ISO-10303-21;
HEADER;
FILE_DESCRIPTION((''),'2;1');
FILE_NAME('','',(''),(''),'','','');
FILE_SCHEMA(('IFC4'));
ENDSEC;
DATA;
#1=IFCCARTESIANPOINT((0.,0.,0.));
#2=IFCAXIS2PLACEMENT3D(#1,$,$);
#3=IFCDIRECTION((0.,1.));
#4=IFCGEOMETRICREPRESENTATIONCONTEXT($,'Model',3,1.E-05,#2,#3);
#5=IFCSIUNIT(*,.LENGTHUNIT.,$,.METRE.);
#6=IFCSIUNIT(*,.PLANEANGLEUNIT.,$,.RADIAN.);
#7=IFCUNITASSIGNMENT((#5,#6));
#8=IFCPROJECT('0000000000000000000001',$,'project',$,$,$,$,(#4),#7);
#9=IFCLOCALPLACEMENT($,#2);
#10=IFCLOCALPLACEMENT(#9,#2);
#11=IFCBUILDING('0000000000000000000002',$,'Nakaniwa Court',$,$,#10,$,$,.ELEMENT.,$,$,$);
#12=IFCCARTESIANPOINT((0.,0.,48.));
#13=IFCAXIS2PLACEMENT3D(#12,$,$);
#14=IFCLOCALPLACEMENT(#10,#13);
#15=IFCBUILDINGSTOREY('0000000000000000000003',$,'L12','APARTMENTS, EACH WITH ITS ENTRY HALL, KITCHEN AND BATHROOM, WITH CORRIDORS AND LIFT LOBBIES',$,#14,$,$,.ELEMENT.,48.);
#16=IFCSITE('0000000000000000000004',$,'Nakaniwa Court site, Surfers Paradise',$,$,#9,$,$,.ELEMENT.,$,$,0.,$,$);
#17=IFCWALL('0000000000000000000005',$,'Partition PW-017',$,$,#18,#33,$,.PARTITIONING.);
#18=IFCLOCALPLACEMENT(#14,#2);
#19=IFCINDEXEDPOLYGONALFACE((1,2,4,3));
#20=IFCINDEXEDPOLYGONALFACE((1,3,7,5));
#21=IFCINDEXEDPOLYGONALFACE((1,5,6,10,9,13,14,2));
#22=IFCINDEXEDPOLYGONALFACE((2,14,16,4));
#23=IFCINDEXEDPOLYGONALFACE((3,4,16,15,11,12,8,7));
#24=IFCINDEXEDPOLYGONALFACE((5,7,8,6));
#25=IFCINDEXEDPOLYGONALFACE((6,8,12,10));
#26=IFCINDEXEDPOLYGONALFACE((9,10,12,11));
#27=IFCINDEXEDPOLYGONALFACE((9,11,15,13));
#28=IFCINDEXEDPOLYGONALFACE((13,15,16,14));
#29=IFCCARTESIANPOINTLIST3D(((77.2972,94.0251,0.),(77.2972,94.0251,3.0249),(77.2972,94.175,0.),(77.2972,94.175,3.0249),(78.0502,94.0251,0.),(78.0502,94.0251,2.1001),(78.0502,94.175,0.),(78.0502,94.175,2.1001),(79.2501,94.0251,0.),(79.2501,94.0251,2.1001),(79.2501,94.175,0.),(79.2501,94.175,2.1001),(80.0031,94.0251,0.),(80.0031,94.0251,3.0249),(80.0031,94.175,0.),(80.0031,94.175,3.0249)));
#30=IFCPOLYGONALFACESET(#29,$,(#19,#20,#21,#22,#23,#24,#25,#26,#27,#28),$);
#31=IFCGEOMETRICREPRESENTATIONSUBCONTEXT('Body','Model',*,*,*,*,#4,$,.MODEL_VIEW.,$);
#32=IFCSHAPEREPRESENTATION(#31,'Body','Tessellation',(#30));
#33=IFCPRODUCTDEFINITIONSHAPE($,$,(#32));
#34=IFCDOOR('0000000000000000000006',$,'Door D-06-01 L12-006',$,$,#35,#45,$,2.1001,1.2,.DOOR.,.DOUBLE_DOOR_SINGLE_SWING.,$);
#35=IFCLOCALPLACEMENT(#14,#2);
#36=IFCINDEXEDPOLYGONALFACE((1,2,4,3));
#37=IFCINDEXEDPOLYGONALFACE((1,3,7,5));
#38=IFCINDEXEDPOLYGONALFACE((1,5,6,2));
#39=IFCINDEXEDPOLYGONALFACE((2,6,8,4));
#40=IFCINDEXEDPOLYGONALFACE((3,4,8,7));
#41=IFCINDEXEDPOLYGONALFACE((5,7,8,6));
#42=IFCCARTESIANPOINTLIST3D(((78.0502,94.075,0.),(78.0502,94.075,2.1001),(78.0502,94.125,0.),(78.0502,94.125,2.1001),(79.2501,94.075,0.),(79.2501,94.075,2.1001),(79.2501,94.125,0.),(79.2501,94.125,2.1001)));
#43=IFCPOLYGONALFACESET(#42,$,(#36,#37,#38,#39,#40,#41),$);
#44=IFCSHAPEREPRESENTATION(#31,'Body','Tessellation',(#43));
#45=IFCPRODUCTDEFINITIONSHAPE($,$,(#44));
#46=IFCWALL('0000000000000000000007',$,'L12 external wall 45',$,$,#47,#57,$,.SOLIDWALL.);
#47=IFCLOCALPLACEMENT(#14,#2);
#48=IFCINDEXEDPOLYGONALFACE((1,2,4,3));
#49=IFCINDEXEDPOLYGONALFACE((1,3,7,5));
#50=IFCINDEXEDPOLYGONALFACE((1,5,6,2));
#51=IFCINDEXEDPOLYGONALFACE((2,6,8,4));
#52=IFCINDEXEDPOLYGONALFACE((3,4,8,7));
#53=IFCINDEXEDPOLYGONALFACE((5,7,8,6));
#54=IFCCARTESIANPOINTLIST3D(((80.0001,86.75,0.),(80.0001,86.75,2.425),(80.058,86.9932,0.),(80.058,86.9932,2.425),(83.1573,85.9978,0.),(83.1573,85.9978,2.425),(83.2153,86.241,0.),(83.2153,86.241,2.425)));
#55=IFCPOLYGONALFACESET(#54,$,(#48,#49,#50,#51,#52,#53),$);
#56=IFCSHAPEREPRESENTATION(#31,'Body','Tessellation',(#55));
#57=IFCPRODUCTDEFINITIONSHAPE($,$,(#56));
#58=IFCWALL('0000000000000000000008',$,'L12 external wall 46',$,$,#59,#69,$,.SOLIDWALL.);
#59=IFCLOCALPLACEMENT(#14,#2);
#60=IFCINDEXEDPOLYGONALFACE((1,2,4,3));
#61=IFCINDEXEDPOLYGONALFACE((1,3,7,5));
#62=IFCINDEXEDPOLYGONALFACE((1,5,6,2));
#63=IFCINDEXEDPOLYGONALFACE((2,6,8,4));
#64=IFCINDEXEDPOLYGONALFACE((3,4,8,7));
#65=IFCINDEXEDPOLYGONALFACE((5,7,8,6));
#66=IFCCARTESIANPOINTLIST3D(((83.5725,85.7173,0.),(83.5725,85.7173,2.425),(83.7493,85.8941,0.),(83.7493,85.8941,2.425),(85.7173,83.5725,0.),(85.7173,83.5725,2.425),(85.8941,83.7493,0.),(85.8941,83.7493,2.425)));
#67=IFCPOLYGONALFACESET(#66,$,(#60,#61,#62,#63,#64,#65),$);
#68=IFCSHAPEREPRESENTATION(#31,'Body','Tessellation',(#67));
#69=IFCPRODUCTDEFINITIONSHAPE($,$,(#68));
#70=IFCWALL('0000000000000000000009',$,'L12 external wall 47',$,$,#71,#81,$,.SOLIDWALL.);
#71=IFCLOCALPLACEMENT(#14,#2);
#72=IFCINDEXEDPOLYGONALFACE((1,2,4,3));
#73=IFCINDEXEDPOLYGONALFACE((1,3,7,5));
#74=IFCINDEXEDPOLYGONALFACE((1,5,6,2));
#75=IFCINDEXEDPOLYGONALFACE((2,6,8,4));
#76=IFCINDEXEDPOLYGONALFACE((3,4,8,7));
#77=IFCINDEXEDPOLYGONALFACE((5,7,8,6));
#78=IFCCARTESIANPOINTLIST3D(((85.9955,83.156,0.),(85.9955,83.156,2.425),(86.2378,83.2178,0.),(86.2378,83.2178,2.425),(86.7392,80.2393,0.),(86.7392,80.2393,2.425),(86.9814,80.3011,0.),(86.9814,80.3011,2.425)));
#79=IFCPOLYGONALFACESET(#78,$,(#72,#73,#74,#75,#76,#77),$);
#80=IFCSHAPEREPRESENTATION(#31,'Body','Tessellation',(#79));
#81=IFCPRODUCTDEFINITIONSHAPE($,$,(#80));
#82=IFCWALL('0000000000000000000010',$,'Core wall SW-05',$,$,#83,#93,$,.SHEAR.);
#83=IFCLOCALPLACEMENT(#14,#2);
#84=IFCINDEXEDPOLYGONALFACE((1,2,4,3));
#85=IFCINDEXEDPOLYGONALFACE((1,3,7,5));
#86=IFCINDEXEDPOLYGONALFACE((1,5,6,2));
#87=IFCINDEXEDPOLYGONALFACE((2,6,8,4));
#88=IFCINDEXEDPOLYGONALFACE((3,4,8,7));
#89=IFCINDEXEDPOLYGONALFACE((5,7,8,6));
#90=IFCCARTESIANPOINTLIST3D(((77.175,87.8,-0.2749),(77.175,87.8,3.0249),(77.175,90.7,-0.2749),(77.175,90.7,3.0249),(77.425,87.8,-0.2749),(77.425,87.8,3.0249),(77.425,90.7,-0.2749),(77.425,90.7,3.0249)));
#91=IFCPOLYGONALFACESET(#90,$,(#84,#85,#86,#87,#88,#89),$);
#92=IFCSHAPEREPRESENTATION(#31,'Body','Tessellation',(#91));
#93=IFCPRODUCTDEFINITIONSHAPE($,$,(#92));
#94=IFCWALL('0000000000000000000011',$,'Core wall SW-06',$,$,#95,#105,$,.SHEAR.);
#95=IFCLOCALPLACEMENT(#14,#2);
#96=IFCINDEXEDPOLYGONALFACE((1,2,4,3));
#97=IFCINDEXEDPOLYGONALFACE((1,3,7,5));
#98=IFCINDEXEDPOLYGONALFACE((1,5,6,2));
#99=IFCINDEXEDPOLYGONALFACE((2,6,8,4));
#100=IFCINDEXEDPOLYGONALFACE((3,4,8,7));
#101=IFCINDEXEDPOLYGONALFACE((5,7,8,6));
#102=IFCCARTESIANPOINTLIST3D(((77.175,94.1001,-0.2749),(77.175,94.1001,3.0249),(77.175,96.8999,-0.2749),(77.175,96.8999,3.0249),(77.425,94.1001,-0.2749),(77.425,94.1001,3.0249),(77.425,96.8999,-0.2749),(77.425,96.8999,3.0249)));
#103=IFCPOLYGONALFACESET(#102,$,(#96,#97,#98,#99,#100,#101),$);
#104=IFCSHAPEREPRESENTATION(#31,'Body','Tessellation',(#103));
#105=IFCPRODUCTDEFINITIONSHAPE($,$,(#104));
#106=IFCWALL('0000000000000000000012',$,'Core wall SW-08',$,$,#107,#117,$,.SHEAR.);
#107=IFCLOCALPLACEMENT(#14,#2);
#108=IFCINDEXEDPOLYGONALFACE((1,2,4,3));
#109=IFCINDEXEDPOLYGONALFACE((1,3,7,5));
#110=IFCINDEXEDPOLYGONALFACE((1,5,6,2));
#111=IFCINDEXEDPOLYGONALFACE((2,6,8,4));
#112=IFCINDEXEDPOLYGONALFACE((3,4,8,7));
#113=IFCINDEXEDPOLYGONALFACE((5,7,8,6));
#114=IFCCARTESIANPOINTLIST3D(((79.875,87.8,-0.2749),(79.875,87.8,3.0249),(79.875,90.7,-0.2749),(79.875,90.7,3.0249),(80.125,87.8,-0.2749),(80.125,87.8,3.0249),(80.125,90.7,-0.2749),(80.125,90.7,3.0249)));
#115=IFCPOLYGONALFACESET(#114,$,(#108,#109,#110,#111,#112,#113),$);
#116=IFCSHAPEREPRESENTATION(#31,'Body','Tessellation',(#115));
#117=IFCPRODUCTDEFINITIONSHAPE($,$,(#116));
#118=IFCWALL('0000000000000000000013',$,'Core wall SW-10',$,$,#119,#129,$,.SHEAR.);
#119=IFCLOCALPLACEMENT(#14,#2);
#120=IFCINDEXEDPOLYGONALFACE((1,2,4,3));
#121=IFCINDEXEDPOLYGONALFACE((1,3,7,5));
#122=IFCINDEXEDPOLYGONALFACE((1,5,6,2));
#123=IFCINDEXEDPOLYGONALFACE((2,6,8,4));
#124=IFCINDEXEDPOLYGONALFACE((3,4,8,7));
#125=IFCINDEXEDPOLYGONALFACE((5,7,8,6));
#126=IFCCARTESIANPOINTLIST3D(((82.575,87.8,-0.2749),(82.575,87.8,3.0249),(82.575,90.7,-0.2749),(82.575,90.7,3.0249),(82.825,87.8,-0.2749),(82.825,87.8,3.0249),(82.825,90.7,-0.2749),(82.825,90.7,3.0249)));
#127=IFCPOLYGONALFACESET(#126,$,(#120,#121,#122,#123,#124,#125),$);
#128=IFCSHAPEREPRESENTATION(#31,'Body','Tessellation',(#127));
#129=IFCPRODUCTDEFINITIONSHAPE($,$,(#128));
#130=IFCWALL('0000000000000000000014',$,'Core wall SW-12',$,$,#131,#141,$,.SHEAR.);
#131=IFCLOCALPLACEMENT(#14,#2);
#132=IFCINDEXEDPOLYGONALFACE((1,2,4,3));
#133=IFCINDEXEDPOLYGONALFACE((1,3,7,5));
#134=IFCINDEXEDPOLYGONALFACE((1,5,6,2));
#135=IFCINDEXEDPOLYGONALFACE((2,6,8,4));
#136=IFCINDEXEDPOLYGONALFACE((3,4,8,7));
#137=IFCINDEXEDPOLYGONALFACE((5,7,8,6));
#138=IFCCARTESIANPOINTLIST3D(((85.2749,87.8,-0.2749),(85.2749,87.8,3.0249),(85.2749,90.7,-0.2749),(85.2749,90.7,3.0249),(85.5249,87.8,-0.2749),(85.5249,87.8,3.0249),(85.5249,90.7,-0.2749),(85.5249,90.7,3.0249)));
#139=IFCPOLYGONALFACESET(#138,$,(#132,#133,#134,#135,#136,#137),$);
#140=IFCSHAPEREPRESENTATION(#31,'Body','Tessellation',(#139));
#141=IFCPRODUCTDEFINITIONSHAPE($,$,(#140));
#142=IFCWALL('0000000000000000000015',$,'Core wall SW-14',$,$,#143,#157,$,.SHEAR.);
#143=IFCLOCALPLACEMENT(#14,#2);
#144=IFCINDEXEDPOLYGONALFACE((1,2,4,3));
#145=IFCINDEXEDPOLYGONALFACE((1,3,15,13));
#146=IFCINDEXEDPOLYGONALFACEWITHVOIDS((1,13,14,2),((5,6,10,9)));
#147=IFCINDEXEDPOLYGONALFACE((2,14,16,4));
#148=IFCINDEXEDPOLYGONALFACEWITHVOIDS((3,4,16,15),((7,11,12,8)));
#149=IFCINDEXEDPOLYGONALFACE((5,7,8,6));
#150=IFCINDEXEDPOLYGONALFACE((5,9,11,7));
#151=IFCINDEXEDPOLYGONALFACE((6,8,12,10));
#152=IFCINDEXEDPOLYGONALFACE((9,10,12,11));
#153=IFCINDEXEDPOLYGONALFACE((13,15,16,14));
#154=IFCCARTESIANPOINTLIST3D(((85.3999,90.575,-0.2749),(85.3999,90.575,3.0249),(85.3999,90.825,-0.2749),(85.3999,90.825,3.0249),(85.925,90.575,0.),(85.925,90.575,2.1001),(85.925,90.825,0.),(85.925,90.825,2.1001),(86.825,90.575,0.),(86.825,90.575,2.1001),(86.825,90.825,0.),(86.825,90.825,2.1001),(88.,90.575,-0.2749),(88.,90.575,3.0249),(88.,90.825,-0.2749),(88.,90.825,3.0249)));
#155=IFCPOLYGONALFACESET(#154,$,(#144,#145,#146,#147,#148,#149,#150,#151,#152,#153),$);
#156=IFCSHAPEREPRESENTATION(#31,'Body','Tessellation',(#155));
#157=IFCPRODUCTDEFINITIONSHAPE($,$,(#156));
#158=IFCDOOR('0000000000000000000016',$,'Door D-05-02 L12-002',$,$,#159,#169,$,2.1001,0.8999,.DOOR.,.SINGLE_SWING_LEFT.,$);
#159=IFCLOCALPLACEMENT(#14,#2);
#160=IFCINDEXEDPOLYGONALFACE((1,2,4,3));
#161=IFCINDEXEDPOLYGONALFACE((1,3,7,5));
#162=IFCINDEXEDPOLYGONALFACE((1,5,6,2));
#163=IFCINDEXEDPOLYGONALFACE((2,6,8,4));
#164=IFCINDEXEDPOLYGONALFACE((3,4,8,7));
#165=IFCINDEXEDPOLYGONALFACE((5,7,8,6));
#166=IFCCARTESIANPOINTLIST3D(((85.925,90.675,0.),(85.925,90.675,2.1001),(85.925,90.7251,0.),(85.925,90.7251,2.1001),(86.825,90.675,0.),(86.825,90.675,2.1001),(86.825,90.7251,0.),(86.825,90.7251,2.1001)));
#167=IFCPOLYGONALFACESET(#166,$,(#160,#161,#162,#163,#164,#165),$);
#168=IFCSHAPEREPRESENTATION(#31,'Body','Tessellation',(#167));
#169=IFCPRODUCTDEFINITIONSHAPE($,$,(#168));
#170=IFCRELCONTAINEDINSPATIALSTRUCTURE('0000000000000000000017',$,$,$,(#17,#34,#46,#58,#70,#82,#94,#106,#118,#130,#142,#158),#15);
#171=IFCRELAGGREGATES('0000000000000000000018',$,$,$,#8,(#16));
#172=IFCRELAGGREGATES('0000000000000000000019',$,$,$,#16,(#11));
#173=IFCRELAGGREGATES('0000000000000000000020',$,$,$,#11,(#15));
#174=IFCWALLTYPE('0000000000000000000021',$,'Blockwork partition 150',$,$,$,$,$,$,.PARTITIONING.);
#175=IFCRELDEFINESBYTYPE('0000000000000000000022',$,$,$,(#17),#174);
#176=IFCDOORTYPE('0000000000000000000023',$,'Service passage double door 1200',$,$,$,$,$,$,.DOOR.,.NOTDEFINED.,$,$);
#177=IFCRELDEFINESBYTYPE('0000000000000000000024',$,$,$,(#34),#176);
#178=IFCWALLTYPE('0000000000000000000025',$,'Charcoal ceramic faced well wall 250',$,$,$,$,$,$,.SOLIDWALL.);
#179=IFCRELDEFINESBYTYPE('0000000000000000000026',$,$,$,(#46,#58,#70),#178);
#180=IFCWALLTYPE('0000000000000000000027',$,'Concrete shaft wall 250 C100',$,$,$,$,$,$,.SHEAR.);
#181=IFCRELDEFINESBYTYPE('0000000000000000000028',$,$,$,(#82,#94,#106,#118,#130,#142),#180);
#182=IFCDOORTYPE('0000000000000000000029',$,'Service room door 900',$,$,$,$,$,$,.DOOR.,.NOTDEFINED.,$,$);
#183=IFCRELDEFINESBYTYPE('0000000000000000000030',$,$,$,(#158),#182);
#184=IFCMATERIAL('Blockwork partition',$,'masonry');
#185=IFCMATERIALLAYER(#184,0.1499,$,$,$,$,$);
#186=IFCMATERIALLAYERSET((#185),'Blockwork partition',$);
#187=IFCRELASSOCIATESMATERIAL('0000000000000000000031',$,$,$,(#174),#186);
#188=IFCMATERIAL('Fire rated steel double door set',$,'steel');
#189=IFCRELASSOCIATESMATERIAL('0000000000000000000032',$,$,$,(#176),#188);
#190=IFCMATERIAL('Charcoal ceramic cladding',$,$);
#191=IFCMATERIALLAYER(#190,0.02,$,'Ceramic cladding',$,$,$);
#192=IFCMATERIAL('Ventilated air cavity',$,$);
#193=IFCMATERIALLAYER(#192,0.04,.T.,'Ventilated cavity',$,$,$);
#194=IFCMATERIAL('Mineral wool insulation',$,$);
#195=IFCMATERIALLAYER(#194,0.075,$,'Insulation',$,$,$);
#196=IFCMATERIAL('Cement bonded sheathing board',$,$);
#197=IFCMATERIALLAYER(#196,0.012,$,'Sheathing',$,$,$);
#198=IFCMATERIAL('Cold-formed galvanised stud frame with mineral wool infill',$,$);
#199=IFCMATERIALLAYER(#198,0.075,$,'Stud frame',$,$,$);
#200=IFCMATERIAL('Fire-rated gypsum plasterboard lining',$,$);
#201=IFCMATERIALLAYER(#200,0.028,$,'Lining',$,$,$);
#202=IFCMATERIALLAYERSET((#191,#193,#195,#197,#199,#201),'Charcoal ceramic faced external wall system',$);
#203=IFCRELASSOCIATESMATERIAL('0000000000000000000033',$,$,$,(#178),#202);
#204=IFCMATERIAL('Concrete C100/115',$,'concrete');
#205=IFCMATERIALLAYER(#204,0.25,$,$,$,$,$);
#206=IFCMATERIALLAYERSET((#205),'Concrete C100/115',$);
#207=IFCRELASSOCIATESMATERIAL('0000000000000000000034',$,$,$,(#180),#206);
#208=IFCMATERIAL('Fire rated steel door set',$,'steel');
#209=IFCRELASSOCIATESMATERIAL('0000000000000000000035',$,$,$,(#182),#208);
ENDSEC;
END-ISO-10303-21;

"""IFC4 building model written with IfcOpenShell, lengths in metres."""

from ifc_helpers import new_model, si_unit, direction, frame, frame_2d, origin, place, context, subcontext, project, spatial, rectangle, extrude, material, layer, layer_set, type_object, element, fill, save


model = new_model("IFC4")

# Units and contexts
model_context = context("Model", 3, precision=1e-05, world=origin(), true_north=direction((0.0, 1.0)))
body_context = subcontext(model_context, "Body", "Model", "MODEL_VIEW")
ifc_project = project(units=[si_unit("LENGTHUNIT", "METRE"), si_unit("PLANEANGLEUNIT", "RADIAN")], contexts=[model_context])

# Site, building, storey
site_placement = place(None, origin())
site = spatial("IfcSite", under=ifc_project, at=site_placement, Name="Nakaniwa Court site, Surfers Paradise", CompositionType="ELEMENT", RefElevation=0.0)
building_placement = place(site_placement, origin())
building = spatial("IfcBuilding", under=site, at=building_placement, Name="Nakaniwa Court", CompositionType="ELEMENT")
storey_placement = place(building_placement, frame((0.0, 0.0, 48.0)))
storey = spatial("IfcBuildingStorey", under=building, at=storey_placement, Name="L12", Description="APARTMENTS, EACH WITH ITS ENTRY HALL, KITCHEN AND BATHROOM, WITH CORRIDORS AND LIFT LOBBIES", CompositionType="ELEMENT", Elevation=48.0)

# Shared definitions
ifc_material_1 = material(Name="Concrete C100/115", Category="concrete")

# Wall, opening, door
ifc_material_2 = material(Name="Blockwork partition", Category="masonry")
ifc_layer_1 = layer(ifc_material_2, 0.1499)
ifc_layer_set_1 = layer_set([ifc_layer_1], Name="Blockwork partition")
wall_type_1 = type_object("IfcWallType", Name="Blockwork partition 150", PredefinedType="PARTITIONING", material=ifc_layer_set_1)
wall_1_placement = place(storey_placement, frame((77.2971, 94.1001, 0.0), z_axis=(0.0, 0.0, 1.0), x_axis=(1.0, 0.0, 0.0)))
wall_1 = element("IfcWall", 1, at=wall_1_placement, inside=storey, type_object=wall_type_1, Name="Partition PW-017", PredefinedType="PARTITIONING", context=body_context, shape_type="SweptSolid", body=[
    extrude(rectangle(XDim=2.7058, YDim=0.1499, at=frame_2d((1.353, 0.0))), origin(), (0.0, 0.0, 1.0), 3.0249),
])
opening_1_placement = place(wall_1_placement, frame((0.7529, 0.0, 0.0)))
opening_1 = element("IfcOpeningElement", 2, at=opening_1_placement, cuts=wall_1, PredefinedType="OPENING", context=body_context, shape_type="SweptSolid", body=[
    extrude(rectangle(XDim=1.2, YDim=2.1001, at=frame_2d((0.6001, 1.05))), frame((0.0, 0.085, 0.0), z_axis=(0.0, -1.0, 0.0), x_axis=(1.0, 0.0, 0.0)), (0.0, 0.0, 1.0), 0.1699),
])
ifc_material_3 = material(Name="Fire rated steel double door set", Category="steel")
door_type_1 = type_object("IfcDoorType", Name="Service passage double door 1200", OperationType="NOTDEFINED", PredefinedType="DOOR", material=ifc_material_3)
door_1_placement = place(opening_1_placement, origin())
door_1 = element("IfcDoor", 3, at=door_1_placement, inside=storey, type_object=door_type_1, Name="Door D-06-01 L12-006", OperationType="DOUBLE_DOOR_SINGLE_SWING", OverallHeight=2.1001, OverallWidth=1.2, PredefinedType="DOOR", context=body_context, shape_type="SweptSolid", body=[
    extrude(rectangle(XDim=1.2, YDim=2.1001, at=frame_2d((0.6001, 1.05))), frame((0.0, 0.0249, 0.0), z_axis=(0.0, -1.0, 0.0), x_axis=(1.0, 0.0, 0.0)), (0.0, 0.0, 1.0), 0.05),
])
fill(opening_1, door_1)

# Walls
ifc_material_4 = material(Name="Charcoal ceramic cladding")
ifc_layer_2 = layer(ifc_material_4, 0.02, Name="Ceramic cladding")
ifc_material_5 = material(Name="Ventilated air cavity")
ifc_layer_3 = layer(ifc_material_5, 0.04, ventilated=True, Name="Ventilated cavity")
ifc_material_6 = material(Name="Mineral wool insulation")
ifc_layer_4 = layer(ifc_material_6, 0.075, Name="Insulation")
ifc_material_7 = material(Name="Cement bonded sheathing board")
ifc_layer_5 = layer(ifc_material_7, 0.012, Name="Sheathing")
ifc_material_8 = material(Name="Cold-formed galvanised stud frame with mineral wool infill")
ifc_layer_6 = layer(ifc_material_8, 0.075, Name="Stud frame")
ifc_material_9 = material(Name="Fire-rated gypsum plasterboard lining")
ifc_layer_7 = layer(ifc_material_9, 0.028, Name="Lining")
ifc_layer_set_2 = layer_set([ifc_layer_2, ifc_layer_3, ifc_layer_4, ifc_layer_5, ifc_layer_6, ifc_layer_7], Name="Charcoal ceramic faced external wall system")
wall_type_2 = type_object("IfcWallType", Name="Charcoal ceramic faced well wall 250", PredefinedType="SOLIDWALL", material=ifc_layer_set_2)
wall_2_placement = place(storey_placement, frame((80.0291, 86.8716, 0.0), z_axis=(0.0, 0.0, 1.0), x_axis=(0.972773, -0.23176, 0.0)))
element("IfcWall", 4, at=wall_2_placement, inside=storey, type_object=wall_type_2, Name="L12 external wall 45", PredefinedType="SOLIDWALL", context=body_context, shape_type="SweptSolid", body=[
    extrude(rectangle(XDim=3.2456, YDim=0.25, at=frame_2d((1.6228, 0.0))), origin(), (0.0, 0.0, 1.0), 2.425),
])
wall_3_placement = place(storey_placement, frame((83.6609, 85.8057, 0.0), z_axis=(0.0, 0.0, 1.0), x_axis=(0.707107, -0.707107, 0.0)))
element("IfcWall", 5, at=wall_3_placement, inside=storey, type_object=wall_type_2, Name="L12 external wall 46", PredefinedType="SOLIDWALL", context=body_context, shape_type="SweptSolid", body=[
    extrude(rectangle(XDim=3.0332, YDim=0.25, at=frame_2d((1.5166, 0.0))), origin(), (0.0, 0.0, 1.0), 2.425),
])
wall_4_placement = place(storey_placement, frame((86.1167, 83.1868, 0.0), z_axis=(0.0, 0.0, 1.0), x_axis=(0.247056, -0.969001, 0.0)))
element("IfcWall", 6, at=wall_4_placement, inside=storey, type_object=wall_type_2, Name="L12 external wall 47", PredefinedType="SOLIDWALL", context=body_context, shape_type="SweptSolid", body=[
    extrude(rectangle(XDim=3.01, YDim=0.25, at=frame_2d((1.5049, 0.0))), origin(), (0.0, 0.0, 1.0), 2.425),
])
ifc_layer_8 = layer(ifc_material_1, 0.25)
ifc_layer_set_3 = layer_set([ifc_layer_8], Name="Concrete C100/115")
wall_type_3 = type_object("IfcWallType", Name="Concrete shaft wall 250 C100", PredefinedType="SHEAR", material=ifc_layer_set_3)
wall_5_placement = place(storey_placement, frame((77.3, 87.8, -0.2749), z_axis=(0.0, 0.0, 1.0), x_axis=(0.0, 1.0, 0.0)))
element("IfcWall", 7, at=wall_5_placement, inside=storey, type_object=wall_type_3, Name="Core wall SW-05", PredefinedType="SHEAR", context=body_context, shape_type="SweptSolid", body=[
    extrude(rectangle(XDim=2.8999, YDim=0.25, at=frame_2d((1.45, 0.0))), origin(), (0.0, 0.0, 1.0), 3.2998),
])
wall_6_placement = place(storey_placement, frame((77.3, 94.1001, -0.2749), z_axis=(0.0, 0.0, 1.0), x_axis=(0.0, 1.0, 0.0)))
element("IfcWall", 8, at=wall_6_placement, inside=storey, type_object=wall_type_3, Name="Core wall SW-06", PredefinedType="SHEAR", context=body_context, shape_type="SweptSolid", body=[
    extrude(rectangle(XDim=2.7998, YDim=0.25, at=frame_2d((1.3999, 0.0))), origin(), (0.0, 0.0, 1.0), 3.2998),
])
for number, where, z_axis, x_axis, name in (
    (9, (80.0, 87.8, -0.2749), (0.0, 0.0, 1.0), (0.0, 1.0, 0.0), "Core wall SW-08"),
    (10, (82.7, 87.8, -0.2749), (0.0, 0.0, 1.0), (0.0, 1.0, 0.0), "Core wall SW-10"),
    (11, (85.3999, 87.8, -0.2749), (0.0, 0.0, 1.0), (0.0, 1.0, 0.0), "Core wall SW-12"),
):
    element("IfcWall", number, at=place(storey_placement, frame(where, z_axis=z_axis, x_axis=x_axis)), inside=storey, type_object=wall_type_3, Name=name, PredefinedType="SHEAR", context=body_context, shape_type="SweptSolid", body=[
        extrude(rectangle(XDim=2.8999, YDim=0.25, at=frame_2d((1.45, 0.0))), origin(), (0.0, 0.0, 1.0), 3.2998),
    ])

# Wall, opening, door
wall_7_placement = place(storey_placement, frame((88.0, 90.7, -0.2749), z_axis=(0.0, 0.0, 1.0), x_axis=(-1.0, 0.0, 0.0)))
wall_7 = element("IfcWall", 12, at=wall_7_placement, inside=storey, type_object=wall_type_3, Name="Core wall SW-14", PredefinedType="SHEAR", context=body_context, shape_type="SweptSolid", body=[
    extrude(rectangle(XDim=2.6001, YDim=0.25, at=frame_2d((1.3, 0.0))), origin(), (0.0, 0.0, 1.0), 3.2998),
])
opening_2_placement = place(wall_7_placement, frame((1.175, 0.0, 0.2749)))
opening_2 = element("IfcOpeningElement", 13, at=opening_2_placement, cuts=wall_7, PredefinedType="OPENING", context=body_context, shape_type="SweptSolid", body=[
    extrude(rectangle(XDim=0.8999, YDim=2.1001, at=frame_2d((0.45, 1.05))), frame((0.0, 0.135, 0.0), z_axis=(0.0, -1.0, 0.0), x_axis=(1.0, 0.0, 0.0)), (0.0, 0.0, 1.0), 0.27),
])
ifc_material_10 = material(Name="Fire rated steel door set", Category="steel")
door_type_2 = type_object("IfcDoorType", Name="Service room door 900", OperationType="NOTDEFINED", PredefinedType="DOOR", material=ifc_material_10)
door_2_placement = place(opening_2_placement, origin())
door_2 = element("IfcDoor", 14, at=door_2_placement, inside=storey, type_object=door_type_2, Name="Door D-05-02 L12-002", OperationType="SINGLE_SWING_LEFT", OverallHeight=2.1001, OverallWidth=0.8999, PredefinedType="DOOR", context=body_context, shape_type="SweptSolid", body=[
    extrude(rectangle(XDim=0.8999, YDim=2.1001, at=frame_2d((0.45, 1.05))), frame((0.0, 0.0249, 0.0), z_axis=(0.0, -1.0, 0.0), x_axis=(1.0, 0.0, 0.0)), (0.0, 0.0, 1.0), 0.05),
])
fill(opening_2, door_2)

save(model, "model.ifc")
